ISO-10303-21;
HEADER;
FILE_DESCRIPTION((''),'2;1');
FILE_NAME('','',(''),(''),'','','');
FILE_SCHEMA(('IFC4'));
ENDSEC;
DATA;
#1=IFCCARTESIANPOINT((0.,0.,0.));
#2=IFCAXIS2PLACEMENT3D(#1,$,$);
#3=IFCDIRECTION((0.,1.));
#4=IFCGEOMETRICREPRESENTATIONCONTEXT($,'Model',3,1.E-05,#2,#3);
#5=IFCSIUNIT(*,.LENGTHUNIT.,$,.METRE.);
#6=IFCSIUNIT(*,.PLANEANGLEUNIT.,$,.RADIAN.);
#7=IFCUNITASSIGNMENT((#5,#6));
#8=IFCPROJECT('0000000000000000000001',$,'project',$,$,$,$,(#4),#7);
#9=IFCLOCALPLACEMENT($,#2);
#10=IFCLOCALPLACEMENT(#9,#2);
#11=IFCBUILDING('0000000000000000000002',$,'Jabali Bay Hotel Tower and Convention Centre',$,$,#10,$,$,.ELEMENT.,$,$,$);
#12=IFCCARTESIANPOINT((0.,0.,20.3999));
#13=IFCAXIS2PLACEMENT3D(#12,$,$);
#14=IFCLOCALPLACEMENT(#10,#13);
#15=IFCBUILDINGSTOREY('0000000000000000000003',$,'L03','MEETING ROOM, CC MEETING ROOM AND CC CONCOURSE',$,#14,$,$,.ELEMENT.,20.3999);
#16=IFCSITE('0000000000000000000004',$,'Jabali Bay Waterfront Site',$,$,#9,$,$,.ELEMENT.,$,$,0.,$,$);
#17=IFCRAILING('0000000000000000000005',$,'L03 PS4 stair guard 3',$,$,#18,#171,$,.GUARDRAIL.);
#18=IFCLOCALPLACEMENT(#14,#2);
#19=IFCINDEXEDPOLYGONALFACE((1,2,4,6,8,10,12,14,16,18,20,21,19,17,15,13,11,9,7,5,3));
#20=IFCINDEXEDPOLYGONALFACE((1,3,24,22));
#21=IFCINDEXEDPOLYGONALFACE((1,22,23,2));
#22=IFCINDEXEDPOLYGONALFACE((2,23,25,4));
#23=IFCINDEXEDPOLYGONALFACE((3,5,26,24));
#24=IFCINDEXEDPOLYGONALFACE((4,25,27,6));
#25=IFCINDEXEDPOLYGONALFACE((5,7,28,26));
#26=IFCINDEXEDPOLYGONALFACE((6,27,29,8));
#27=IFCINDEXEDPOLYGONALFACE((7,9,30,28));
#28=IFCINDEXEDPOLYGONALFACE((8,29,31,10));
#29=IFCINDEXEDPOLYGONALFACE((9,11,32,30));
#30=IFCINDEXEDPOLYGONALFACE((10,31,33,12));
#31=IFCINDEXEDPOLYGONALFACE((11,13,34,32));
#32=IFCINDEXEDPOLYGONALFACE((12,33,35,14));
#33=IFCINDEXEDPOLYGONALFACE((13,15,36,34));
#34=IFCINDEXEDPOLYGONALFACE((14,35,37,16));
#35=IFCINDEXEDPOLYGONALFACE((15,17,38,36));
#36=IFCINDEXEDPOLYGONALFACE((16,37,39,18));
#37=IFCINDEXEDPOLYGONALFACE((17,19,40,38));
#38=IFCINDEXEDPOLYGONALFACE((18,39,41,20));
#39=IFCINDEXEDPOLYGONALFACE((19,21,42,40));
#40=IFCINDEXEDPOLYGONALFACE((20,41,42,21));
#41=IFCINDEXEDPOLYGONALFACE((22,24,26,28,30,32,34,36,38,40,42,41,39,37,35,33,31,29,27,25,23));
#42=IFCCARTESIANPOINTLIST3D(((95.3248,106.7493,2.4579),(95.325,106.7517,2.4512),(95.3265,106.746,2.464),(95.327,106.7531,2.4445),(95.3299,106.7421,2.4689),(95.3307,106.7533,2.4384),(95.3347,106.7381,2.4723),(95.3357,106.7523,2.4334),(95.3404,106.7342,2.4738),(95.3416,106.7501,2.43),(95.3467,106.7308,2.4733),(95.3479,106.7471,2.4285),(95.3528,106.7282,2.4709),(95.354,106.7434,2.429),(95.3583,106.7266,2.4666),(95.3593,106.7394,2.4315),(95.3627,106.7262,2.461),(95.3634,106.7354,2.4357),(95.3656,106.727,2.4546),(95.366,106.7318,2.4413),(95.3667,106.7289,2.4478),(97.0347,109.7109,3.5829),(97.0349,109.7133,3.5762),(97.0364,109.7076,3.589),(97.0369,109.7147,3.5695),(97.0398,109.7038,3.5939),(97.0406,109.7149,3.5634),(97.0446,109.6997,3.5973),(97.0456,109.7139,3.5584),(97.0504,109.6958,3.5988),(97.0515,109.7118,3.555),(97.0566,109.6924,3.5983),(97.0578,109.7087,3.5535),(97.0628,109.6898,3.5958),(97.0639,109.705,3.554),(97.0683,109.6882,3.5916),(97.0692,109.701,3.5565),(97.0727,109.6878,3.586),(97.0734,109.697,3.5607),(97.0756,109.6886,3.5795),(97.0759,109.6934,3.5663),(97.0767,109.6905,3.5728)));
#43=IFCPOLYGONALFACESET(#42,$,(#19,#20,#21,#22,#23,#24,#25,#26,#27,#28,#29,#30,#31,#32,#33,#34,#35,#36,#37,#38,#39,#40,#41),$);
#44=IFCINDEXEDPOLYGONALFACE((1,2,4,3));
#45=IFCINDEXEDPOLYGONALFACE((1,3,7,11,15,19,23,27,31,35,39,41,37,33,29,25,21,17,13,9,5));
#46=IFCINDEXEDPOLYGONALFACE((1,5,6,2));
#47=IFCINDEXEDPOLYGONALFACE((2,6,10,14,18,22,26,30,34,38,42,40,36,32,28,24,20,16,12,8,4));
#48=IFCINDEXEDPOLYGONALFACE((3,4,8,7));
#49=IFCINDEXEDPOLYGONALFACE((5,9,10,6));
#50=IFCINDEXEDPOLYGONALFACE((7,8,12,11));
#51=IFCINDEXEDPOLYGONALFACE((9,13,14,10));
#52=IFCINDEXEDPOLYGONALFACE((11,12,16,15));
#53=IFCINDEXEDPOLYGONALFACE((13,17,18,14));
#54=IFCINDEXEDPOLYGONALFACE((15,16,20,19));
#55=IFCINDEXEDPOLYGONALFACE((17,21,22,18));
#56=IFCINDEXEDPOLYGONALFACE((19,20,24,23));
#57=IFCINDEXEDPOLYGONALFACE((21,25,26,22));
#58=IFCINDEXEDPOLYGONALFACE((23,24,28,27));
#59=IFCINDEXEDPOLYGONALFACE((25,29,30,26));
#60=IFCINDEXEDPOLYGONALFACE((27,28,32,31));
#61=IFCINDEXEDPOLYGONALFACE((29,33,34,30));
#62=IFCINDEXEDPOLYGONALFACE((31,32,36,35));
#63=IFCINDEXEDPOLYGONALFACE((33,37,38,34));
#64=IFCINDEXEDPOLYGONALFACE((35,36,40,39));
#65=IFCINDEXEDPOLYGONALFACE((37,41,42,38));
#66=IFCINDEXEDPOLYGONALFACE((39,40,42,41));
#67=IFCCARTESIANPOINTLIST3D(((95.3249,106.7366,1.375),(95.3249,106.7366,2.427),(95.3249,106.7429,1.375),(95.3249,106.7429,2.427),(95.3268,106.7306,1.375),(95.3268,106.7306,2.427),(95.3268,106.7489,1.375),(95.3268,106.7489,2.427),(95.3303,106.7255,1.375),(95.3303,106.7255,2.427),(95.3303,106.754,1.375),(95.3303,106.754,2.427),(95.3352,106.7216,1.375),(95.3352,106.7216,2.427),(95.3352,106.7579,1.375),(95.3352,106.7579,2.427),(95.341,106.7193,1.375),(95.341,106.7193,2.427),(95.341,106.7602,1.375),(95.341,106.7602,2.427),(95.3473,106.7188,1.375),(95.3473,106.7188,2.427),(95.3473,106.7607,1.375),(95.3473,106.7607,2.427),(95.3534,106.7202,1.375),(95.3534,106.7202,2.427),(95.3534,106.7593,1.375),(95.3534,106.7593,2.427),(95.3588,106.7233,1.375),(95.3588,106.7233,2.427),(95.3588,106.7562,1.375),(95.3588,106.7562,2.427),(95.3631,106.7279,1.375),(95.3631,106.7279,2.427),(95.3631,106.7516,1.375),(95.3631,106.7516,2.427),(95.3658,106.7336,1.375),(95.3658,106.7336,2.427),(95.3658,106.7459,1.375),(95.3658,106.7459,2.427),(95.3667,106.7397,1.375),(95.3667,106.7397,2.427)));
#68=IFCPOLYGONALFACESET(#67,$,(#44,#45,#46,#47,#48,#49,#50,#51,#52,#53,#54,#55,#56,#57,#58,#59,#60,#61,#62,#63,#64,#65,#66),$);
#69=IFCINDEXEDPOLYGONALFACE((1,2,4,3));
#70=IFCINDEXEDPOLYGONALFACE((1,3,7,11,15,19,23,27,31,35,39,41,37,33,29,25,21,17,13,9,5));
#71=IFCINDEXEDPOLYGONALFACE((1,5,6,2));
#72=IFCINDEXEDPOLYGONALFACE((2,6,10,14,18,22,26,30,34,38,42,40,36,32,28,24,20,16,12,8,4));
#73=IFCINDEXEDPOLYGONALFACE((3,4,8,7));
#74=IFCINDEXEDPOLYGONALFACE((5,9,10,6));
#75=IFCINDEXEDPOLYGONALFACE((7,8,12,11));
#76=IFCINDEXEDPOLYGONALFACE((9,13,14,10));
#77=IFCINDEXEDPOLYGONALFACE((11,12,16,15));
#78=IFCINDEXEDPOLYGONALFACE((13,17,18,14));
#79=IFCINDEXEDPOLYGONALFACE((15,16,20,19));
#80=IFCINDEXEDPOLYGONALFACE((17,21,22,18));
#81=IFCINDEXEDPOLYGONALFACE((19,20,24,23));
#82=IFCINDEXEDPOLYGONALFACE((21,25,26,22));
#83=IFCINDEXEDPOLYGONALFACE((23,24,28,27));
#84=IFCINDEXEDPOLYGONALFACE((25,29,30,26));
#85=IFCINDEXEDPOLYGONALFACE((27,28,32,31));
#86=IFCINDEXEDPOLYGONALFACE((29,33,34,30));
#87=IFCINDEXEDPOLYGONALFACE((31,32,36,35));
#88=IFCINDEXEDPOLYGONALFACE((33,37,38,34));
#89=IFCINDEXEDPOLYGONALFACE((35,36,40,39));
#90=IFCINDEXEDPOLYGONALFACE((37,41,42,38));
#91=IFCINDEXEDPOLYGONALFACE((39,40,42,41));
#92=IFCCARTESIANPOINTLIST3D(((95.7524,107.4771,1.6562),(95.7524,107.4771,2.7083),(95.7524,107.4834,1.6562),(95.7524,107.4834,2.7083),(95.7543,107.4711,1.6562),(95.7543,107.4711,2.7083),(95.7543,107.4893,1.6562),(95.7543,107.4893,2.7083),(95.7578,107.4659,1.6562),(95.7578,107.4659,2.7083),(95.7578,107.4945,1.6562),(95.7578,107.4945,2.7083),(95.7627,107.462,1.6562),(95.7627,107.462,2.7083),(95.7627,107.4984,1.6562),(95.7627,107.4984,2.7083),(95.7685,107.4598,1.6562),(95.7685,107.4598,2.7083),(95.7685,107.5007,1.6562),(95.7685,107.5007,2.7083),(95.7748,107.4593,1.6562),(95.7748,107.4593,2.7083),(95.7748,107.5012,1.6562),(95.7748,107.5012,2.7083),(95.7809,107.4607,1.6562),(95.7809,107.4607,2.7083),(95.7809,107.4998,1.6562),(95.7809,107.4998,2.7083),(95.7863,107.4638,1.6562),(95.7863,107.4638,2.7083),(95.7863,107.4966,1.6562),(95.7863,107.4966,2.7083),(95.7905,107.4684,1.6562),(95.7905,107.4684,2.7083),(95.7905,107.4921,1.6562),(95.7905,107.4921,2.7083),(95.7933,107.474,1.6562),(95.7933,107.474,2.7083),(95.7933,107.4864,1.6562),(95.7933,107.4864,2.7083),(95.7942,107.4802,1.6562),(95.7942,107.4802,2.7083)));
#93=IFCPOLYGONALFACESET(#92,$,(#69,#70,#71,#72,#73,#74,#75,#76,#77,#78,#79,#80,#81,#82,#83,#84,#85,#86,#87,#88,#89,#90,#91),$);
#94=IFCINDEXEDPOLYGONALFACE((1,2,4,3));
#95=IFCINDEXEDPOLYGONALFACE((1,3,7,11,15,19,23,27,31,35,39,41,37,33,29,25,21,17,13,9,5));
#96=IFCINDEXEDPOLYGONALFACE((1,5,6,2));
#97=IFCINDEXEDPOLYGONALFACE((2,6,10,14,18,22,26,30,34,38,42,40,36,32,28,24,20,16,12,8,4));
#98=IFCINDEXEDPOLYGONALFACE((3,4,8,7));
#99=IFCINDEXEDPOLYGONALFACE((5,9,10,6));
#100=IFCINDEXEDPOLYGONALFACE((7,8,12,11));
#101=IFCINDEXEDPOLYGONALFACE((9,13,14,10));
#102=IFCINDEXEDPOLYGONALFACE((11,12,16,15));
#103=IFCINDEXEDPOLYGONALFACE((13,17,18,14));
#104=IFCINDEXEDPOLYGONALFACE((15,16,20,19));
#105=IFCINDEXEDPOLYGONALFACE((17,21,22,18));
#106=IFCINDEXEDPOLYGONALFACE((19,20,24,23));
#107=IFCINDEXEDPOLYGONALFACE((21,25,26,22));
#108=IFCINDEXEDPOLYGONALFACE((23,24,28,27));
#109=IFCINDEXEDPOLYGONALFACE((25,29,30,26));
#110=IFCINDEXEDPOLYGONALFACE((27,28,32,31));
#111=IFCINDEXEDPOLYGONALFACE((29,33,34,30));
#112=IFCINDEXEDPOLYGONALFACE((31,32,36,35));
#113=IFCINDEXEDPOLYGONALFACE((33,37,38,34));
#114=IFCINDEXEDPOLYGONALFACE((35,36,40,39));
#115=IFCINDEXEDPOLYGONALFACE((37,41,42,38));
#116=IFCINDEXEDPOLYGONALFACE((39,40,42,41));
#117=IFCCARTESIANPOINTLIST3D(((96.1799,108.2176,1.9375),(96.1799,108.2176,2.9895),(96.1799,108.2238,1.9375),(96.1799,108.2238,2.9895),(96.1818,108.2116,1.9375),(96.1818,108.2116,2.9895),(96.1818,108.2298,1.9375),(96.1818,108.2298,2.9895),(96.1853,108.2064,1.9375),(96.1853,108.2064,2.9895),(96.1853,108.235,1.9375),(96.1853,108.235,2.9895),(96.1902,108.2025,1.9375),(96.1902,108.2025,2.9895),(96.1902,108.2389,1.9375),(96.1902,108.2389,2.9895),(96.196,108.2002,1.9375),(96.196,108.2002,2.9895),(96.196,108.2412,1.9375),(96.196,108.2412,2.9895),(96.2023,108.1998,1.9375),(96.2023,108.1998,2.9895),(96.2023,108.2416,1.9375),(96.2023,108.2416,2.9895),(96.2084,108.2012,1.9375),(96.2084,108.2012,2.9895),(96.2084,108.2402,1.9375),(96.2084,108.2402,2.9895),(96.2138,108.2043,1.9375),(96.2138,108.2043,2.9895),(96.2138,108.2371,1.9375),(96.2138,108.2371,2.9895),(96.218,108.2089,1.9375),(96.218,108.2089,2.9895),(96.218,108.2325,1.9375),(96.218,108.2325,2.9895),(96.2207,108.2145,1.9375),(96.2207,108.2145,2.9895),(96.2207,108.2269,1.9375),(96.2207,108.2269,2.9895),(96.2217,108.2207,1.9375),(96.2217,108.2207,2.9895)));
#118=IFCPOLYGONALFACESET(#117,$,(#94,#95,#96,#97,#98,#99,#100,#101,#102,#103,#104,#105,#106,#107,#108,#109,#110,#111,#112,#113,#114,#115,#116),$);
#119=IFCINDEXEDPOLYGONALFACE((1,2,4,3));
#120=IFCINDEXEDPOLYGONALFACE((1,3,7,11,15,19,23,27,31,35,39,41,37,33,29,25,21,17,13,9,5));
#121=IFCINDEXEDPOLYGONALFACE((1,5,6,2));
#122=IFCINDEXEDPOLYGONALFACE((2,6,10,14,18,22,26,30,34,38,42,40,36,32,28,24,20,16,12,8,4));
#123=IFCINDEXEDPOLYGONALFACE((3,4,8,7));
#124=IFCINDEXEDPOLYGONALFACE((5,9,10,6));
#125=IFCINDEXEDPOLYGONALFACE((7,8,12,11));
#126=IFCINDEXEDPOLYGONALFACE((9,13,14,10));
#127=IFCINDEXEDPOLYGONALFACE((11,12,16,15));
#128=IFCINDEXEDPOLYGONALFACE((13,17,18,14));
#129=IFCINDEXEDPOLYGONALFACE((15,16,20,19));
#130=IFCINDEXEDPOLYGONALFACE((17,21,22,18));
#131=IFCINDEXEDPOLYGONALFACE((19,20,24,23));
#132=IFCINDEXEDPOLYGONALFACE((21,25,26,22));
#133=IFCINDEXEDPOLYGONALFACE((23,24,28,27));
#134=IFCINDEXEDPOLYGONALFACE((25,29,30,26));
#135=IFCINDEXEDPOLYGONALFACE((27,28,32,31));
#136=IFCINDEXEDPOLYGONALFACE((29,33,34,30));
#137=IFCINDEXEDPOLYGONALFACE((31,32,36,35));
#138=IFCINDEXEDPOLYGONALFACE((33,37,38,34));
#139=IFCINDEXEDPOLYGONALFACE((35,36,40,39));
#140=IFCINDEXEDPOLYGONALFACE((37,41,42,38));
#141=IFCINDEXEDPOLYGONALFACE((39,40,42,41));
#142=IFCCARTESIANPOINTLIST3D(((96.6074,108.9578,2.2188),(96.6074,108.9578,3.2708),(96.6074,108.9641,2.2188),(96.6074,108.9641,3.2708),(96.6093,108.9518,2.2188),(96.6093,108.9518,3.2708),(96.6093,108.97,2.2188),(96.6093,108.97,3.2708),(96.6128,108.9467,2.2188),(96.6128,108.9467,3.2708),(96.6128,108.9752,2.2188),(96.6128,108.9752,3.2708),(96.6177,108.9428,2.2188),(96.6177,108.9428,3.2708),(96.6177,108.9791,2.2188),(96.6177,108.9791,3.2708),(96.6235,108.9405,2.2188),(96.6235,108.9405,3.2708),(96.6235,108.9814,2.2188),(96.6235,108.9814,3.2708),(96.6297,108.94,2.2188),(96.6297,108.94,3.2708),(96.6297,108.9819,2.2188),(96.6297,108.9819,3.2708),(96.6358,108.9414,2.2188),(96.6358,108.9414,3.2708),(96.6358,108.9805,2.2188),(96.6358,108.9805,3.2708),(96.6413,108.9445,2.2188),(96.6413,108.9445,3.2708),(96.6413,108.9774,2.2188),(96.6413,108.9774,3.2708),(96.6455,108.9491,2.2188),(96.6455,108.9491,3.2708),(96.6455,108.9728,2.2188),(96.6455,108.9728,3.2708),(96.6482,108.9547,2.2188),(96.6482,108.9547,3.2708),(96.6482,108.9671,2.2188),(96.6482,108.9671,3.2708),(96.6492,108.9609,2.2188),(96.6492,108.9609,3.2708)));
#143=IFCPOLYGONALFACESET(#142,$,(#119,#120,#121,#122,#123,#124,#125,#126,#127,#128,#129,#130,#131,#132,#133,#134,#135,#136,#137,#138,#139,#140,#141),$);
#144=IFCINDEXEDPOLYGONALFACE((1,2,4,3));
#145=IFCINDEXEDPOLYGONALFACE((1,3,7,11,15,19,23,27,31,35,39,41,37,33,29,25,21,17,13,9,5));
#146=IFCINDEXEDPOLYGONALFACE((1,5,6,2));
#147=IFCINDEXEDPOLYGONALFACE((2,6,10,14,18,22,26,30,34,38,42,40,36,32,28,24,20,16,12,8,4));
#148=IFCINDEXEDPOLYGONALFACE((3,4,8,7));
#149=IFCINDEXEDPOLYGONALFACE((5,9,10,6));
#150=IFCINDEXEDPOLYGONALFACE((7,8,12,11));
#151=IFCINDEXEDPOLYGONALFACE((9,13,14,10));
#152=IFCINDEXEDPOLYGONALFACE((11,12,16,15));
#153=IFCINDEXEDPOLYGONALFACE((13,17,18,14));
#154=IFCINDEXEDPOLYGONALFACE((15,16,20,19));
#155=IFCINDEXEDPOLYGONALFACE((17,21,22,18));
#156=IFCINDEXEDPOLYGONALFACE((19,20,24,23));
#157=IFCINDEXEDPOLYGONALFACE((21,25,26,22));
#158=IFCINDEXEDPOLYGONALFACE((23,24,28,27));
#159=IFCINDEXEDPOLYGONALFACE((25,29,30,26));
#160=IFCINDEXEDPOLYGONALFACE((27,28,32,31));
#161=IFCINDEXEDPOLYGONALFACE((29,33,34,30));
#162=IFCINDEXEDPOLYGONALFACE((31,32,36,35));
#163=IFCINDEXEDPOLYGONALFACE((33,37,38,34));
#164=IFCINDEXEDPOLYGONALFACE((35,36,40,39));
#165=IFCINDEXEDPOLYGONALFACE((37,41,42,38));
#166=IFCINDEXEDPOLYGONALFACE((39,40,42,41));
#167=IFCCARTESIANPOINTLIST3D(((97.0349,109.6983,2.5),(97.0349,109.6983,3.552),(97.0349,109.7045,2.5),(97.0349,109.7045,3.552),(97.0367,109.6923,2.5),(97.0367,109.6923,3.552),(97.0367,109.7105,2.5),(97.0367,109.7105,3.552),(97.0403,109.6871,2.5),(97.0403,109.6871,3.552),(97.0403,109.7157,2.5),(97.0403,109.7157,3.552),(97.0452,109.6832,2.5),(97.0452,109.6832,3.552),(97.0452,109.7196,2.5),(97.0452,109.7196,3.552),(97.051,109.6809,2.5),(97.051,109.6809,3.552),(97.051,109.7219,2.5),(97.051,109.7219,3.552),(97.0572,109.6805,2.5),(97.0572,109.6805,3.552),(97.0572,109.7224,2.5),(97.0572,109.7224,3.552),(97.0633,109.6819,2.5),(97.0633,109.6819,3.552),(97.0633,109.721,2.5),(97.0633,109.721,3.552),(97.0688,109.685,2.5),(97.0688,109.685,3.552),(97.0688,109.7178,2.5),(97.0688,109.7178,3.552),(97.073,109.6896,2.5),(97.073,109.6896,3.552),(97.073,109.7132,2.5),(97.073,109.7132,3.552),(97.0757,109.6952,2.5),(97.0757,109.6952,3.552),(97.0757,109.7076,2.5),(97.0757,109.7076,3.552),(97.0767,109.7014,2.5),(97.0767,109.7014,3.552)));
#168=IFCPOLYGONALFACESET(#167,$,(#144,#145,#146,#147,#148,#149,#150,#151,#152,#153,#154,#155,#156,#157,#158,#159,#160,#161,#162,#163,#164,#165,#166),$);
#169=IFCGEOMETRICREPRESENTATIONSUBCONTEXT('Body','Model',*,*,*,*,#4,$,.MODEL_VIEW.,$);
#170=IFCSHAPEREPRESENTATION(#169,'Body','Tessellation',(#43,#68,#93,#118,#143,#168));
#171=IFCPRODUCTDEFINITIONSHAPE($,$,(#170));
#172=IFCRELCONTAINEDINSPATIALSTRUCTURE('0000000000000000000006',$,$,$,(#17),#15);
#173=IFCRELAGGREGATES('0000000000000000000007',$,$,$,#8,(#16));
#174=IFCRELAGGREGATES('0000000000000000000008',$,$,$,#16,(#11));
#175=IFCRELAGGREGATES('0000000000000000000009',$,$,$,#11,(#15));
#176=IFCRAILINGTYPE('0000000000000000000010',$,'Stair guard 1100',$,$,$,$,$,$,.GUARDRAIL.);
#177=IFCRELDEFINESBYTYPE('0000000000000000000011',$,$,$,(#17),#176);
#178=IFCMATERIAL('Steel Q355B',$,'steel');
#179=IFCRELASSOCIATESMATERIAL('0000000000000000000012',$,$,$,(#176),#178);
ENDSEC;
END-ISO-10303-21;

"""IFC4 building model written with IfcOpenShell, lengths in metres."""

from ifc_helpers import new_model, si_unit, direction, frame, origin, origin_2d, place, context, subcontext, project, spatial, circle, extrude, material, type_object, element, save


model = new_model("IFC4")

# Units and contexts
model_context = context("Model", 3, precision=1e-05, world=origin(), true_north=direction((0.0, 1.0)))
body_context = subcontext(model_context, "Body", "Model", "MODEL_VIEW")
ifc_project = project(units=[si_unit("LENGTHUNIT", "METRE"), si_unit("PLANEANGLEUNIT", "RADIAN")], contexts=[model_context])

# Site, building, storey
site_placement = place(None, origin())
site = spatial("IfcSite", under=ifc_project, at=site_placement, Name="Jabali Bay Waterfront Site", CompositionType="ELEMENT", RefElevation=0.0)
building_placement = place(site_placement, origin())
building = spatial("IfcBuilding", under=site, at=building_placement, Name="Jabali Bay Hotel Tower and Convention Centre", CompositionType="ELEMENT")
storey_placement = place(building_placement, frame((0.0, 0.0, 20.3999)))
storey = spatial("IfcBuildingStorey", under=building, at=storey_placement, Name="L03", Description="MEETING ROOM, CC MEETING ROOM AND CC CONCOURSE", CompositionType="ELEMENT", Elevation=20.3999)

# Railing
ifc_material_1 = material(Name="Steel Q355B", Category="steel")
railing_type_1 = type_object("IfcRailingType", Name="Stair guard 1100", PredefinedType="GUARDRAIL", material=ifc_material_1)
railing_1_placement = place(storey_placement, frame((95.3457, 106.7397, 1.375)))
element("IfcRailing", 1, at=railing_1_placement, inside=storey, type_object=railing_type_1, Name="L03 PS4 stair guard 3", PredefinedType="GUARDRAIL", context=body_context, shape_type="SweptSolid", body=[
    extrude(circle(Radius=0.0239, at=origin_2d()), frame((0.0, 0.0, 1.0762), z_axis=(0.474969, 0.822652, 0.312487), x_axis=(-0.86602, 0.500009, 0.0)), (0.0, 0.0, 1.0), 3.6001),
    extrude(circle(Radius=0.021, at=origin_2d()), origin(), (0.0, 0.0, 1.0), 1.052),
    extrude(circle(Radius=0.021, at=origin_2d()), frame((0.4275, 0.7405, 0.2812)), (0.0, 0.0, 1.0), 1.052),
    extrude(circle(Radius=0.021, at=origin_2d()), frame((0.855, 1.481, 0.5625)), (0.0, 0.0, 1.0), 1.052),
    extrude(circle(Radius=0.021, at=origin_2d()), frame((1.2825, 2.2212, 0.8438)), (0.0, 0.0, 1.0), 1.052),
    extrude(circle(Radius=0.021, at=origin_2d()), frame((1.71, 2.9617, 1.125)), (0.0, 0.0, 1.0), 1.052),
])

save(model, "model.ifc")
